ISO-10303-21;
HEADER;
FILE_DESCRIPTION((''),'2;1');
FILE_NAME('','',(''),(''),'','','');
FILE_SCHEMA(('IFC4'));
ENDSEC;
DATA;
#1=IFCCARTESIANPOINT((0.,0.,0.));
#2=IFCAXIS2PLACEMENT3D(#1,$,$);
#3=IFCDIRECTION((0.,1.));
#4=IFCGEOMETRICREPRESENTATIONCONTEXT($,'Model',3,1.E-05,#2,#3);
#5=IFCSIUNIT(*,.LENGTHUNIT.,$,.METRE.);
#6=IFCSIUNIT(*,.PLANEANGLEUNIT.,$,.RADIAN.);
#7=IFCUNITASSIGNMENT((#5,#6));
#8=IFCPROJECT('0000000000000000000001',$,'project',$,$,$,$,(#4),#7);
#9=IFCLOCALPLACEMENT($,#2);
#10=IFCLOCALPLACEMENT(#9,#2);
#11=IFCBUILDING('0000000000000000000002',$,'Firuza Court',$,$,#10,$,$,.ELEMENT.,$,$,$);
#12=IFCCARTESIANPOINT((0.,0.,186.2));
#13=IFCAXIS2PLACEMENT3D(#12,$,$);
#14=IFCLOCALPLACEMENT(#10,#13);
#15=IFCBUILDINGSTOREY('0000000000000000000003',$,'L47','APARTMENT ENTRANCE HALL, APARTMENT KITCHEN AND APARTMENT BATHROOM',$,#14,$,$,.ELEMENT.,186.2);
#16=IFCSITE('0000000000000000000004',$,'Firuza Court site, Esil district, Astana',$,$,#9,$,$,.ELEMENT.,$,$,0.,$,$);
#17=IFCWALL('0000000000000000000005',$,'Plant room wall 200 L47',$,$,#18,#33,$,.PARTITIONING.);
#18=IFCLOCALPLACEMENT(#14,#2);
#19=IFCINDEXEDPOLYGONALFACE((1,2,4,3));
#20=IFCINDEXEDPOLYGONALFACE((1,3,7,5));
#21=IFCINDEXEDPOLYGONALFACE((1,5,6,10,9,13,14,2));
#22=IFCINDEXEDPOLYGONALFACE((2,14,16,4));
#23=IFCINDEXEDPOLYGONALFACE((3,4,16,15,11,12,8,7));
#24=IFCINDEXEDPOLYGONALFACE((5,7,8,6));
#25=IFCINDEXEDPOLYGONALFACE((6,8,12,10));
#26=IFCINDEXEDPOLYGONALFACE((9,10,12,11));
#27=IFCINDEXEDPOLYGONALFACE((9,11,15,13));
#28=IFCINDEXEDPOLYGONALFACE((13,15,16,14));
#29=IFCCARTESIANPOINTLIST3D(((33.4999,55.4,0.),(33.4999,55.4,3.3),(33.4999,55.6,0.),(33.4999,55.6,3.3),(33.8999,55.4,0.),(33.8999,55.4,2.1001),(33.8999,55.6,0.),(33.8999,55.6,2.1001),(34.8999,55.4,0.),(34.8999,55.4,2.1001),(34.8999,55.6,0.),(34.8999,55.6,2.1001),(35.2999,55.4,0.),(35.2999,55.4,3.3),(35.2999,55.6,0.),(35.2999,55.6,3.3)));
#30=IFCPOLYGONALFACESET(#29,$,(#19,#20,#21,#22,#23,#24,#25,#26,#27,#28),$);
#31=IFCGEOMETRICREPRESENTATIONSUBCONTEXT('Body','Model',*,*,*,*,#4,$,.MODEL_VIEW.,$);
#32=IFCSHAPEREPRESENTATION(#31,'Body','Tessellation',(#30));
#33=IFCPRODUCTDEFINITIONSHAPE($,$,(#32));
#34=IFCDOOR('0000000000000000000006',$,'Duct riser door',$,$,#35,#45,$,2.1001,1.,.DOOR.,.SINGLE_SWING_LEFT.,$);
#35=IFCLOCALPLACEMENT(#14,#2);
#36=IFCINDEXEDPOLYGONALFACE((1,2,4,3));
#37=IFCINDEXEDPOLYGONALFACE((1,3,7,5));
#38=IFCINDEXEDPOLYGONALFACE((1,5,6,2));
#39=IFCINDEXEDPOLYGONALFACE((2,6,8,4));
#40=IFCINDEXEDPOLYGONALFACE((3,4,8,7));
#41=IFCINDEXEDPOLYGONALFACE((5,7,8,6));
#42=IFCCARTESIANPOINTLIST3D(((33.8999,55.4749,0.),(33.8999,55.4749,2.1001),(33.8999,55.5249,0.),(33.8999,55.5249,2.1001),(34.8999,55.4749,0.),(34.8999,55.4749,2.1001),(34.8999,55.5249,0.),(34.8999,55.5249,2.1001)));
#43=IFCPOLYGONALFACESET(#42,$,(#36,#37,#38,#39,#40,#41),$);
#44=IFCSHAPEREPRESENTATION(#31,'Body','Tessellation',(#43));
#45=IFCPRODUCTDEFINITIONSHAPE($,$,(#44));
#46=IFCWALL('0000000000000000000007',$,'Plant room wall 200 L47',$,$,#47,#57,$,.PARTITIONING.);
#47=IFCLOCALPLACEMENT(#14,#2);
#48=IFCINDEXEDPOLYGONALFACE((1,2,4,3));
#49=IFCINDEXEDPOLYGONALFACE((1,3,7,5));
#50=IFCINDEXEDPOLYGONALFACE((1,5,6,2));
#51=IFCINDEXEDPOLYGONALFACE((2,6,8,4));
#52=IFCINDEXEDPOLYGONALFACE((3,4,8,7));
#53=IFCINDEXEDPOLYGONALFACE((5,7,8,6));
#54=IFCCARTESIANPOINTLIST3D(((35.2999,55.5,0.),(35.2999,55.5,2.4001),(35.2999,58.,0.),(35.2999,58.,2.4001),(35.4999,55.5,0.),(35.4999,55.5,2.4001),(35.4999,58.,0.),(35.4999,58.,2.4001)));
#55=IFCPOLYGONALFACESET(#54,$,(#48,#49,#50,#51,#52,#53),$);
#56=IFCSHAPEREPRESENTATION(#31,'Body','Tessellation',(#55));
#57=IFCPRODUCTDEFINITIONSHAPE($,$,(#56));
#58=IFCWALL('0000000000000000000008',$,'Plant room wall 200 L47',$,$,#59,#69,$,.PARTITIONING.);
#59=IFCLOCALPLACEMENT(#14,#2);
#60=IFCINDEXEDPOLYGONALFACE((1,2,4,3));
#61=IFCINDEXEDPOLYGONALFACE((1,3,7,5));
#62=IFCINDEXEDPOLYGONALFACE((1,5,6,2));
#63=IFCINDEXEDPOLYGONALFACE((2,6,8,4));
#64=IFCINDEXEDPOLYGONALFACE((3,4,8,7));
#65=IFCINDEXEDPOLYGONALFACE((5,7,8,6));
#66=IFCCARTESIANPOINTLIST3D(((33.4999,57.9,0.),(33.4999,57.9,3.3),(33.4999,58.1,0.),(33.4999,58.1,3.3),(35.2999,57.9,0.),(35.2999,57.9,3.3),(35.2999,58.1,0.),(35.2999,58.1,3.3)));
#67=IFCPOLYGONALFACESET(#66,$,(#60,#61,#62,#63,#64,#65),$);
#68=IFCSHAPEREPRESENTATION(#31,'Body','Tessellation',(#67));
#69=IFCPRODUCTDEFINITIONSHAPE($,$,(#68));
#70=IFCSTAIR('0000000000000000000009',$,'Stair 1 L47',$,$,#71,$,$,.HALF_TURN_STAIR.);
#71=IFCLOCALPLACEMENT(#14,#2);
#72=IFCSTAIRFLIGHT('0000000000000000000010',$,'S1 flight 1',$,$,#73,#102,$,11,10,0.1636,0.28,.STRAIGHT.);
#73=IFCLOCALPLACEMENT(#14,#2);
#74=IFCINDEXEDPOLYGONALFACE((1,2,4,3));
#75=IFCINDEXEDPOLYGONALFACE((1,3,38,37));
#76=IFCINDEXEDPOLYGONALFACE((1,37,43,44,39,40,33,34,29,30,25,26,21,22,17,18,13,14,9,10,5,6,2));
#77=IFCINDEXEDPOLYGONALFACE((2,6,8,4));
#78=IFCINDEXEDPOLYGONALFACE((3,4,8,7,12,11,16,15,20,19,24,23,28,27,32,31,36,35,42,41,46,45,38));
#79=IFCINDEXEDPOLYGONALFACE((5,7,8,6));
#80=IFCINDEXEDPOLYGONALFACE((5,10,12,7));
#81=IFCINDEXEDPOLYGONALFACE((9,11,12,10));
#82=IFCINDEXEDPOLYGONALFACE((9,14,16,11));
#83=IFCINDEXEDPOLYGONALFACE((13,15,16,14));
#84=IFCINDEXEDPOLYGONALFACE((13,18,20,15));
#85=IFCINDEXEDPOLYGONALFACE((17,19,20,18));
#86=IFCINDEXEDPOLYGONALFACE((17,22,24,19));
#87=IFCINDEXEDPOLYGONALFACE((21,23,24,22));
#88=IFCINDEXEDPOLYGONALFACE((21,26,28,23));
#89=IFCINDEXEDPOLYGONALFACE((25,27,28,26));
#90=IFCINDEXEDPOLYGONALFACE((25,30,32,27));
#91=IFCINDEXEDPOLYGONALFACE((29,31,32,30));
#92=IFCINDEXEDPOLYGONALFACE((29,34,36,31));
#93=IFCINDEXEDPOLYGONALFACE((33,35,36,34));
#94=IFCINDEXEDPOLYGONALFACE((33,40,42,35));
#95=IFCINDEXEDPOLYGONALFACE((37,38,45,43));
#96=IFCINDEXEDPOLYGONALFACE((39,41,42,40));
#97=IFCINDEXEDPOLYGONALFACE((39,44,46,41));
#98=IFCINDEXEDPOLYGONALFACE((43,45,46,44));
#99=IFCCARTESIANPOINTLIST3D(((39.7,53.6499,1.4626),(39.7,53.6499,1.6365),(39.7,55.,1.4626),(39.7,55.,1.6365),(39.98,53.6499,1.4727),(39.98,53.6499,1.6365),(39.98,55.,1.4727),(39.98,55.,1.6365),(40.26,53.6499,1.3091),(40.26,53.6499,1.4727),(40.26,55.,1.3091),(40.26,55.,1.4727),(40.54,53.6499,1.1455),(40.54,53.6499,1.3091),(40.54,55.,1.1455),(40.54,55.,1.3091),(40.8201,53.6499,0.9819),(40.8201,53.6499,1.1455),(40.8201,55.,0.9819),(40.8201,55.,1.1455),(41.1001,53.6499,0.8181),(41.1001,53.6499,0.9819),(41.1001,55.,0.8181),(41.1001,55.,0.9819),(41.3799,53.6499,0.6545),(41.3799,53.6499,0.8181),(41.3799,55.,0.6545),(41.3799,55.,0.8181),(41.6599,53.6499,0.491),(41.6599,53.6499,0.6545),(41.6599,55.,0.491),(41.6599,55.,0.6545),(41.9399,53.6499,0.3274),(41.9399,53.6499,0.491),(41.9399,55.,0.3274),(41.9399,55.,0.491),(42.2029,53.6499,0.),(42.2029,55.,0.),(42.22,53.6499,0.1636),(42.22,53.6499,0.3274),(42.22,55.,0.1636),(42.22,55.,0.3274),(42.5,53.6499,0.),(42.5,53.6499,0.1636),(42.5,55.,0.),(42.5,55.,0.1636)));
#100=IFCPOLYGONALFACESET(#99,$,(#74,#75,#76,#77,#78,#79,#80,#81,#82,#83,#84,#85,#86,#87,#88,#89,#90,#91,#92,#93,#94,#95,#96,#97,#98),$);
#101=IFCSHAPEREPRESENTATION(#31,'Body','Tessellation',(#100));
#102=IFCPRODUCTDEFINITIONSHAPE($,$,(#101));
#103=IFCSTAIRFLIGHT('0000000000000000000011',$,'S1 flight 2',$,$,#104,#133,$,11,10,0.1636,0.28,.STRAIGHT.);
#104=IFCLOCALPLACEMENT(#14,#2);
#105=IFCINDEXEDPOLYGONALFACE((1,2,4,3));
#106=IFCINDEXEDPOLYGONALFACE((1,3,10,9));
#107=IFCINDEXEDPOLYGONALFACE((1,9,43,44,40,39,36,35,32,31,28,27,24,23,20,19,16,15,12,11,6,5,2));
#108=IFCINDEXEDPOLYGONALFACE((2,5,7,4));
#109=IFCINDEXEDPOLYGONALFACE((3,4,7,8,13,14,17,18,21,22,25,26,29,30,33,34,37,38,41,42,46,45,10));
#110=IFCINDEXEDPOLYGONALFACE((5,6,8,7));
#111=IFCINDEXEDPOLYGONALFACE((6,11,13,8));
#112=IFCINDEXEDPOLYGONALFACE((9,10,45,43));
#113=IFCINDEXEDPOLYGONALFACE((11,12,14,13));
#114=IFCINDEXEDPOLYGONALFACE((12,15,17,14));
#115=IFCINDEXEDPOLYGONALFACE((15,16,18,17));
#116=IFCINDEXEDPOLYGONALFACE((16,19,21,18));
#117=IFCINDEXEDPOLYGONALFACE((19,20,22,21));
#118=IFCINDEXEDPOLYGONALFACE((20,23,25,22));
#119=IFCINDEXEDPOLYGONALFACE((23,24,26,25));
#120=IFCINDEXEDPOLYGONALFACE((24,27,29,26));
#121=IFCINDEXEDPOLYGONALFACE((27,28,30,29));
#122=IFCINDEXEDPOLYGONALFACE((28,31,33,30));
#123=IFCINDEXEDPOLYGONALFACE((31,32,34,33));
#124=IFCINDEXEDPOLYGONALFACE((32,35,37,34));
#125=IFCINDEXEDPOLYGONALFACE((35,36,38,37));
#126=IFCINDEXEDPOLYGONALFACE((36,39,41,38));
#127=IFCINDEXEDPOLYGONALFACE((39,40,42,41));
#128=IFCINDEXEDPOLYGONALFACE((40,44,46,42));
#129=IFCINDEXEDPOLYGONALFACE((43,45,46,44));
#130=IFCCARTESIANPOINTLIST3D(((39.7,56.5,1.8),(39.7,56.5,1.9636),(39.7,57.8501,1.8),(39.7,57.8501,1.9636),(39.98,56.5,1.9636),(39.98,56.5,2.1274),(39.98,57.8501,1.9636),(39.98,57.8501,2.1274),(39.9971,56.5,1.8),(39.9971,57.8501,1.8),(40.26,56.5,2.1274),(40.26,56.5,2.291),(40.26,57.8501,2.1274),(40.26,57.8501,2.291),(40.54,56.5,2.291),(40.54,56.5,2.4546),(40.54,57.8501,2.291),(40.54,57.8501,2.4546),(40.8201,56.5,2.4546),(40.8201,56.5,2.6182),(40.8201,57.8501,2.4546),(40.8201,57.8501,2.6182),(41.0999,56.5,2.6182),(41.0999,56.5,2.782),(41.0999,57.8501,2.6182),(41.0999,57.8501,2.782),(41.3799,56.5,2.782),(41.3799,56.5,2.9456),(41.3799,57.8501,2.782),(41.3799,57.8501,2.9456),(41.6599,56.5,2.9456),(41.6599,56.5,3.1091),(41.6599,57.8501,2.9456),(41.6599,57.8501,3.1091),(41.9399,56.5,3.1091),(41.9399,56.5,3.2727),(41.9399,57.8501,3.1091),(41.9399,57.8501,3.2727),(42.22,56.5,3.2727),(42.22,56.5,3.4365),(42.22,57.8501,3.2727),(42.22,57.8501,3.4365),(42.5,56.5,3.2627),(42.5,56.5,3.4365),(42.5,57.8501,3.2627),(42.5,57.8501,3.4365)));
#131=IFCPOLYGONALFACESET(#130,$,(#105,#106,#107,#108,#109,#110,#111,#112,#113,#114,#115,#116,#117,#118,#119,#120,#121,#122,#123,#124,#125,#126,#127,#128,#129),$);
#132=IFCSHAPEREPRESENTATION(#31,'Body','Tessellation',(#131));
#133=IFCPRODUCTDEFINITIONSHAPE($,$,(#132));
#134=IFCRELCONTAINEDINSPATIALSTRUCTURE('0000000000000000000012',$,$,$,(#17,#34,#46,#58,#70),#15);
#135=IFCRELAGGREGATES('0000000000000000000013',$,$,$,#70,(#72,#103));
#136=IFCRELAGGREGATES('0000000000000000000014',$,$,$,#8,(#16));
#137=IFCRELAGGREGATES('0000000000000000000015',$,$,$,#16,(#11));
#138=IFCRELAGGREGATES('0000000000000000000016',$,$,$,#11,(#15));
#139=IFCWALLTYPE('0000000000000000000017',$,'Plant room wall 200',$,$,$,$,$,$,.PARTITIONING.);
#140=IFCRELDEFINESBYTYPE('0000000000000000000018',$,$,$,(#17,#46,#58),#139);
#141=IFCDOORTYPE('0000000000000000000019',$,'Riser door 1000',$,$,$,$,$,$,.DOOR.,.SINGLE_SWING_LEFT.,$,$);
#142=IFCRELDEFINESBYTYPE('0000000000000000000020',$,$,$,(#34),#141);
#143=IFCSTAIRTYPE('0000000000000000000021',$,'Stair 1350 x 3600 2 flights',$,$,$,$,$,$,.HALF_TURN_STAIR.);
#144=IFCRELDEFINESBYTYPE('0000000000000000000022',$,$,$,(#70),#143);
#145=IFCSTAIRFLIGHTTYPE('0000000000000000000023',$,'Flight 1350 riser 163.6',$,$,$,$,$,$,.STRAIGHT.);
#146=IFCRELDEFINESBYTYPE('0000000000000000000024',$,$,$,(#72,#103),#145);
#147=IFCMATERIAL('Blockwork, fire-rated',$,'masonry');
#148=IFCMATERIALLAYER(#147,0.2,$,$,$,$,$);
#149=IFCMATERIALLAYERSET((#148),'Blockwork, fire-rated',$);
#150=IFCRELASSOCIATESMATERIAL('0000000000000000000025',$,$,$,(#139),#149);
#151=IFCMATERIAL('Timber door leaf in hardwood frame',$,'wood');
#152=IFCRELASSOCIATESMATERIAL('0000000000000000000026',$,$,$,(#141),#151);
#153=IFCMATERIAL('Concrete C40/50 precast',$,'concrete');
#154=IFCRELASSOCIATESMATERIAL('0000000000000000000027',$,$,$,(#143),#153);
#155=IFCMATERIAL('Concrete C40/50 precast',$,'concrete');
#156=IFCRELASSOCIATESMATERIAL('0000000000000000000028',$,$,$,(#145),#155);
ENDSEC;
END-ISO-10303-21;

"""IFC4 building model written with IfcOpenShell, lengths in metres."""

from ifc_helpers import new_model, si_unit, direction, frame, frame_2d, origin, place, context, subcontext, project, spatial, polyline, rectangle, outline, extrude, material, layer, layer_set, type_object, element, fill, aggregate, save


model = new_model("IFC4")

# Units and contexts
model_context = context("Model", 3, precision=1e-05, world=origin(), true_north=direction((0.0, 1.0)))
body_context = subcontext(model_context, "Body", "Model", "MODEL_VIEW")
ifc_project = project(units=[si_unit("LENGTHUNIT", "METRE"), si_unit("PLANEANGLEUNIT", "RADIAN")], contexts=[model_context])

# Site, building, storey
site_placement = place(None, origin())
site = spatial("IfcSite", under=ifc_project, at=site_placement, Name="Firuza Court site, Esil district, Astana", CompositionType="ELEMENT", RefElevation=0.0)
building_placement = place(site_placement, origin())
building = spatial("IfcBuilding", under=site, at=building_placement, Name="Firuza Court", CompositionType="ELEMENT")
storey_placement = place(building_placement, frame((0.0, 0.0, 186.2)))
storey = spatial("IfcBuildingStorey", under=building, at=storey_placement, Name="L47", Description="APARTMENT ENTRANCE HALL, APARTMENT KITCHEN AND APARTMENT BATHROOM", CompositionType="ELEMENT", Elevation=186.2)

# Shared definitions
ifc_material_1 = material(Name="Blockwork, fire-rated", Category="masonry")
ifc_layer_1 = layer(ifc_material_1, 0.2)
ifc_layer_set_1 = layer_set([ifc_layer_1], Name="Blockwork, fire-rated")
wall_type_1 = type_object("IfcWallType", Name="Plant room wall 200", PredefinedType="PARTITIONING", material=ifc_layer_set_1)

# Wall, opening, door
wall_1_placement = place(storey_placement, frame((33.5, 55.5, 0.0), z_axis=(0.0, 0.0, 1.0), x_axis=(1.0, 0.0, 0.0)))
wall_1 = element("IfcWall", 1, at=wall_1_placement, inside=storey, type_object=wall_type_1, Name="Plant room wall 200 L47", PredefinedType="PARTITIONING", context=body_context, shape_type="SweptSolid", body=[
    extrude(rectangle(XDim=1.8, YDim=0.2, at=frame_2d((0.8999, 0.0))), origin(), (0.0, 0.0, 1.0), 3.3),
])
opening_placement = place(wall_1_placement, frame((0.3999, 0.0, 0.0)))
opening = element("IfcOpeningElement", 2, at=opening_placement, cuts=wall_1, PredefinedType="OPENING", context=body_context, shape_type="SweptSolid", body=[
    extrude(rectangle(XDim=1.0, YDim=2.1001, at=frame_2d((0.5, 1.05))), frame((0.0, 0.1118, 0.0), z_axis=(0.0, -1.0, 0.0), x_axis=(1.0, 0.0, 0.0)), (0.0, 0.0, 1.0), 0.2239),
])
ifc_material_2 = material(Name="Timber door leaf in hardwood frame", Category="wood")
door_type = type_object("IfcDoorType", Name="Riser door 1000", OperationType="SINGLE_SWING_LEFT", PredefinedType="DOOR", material=ifc_material_2)
door_placement = place(opening_placement, origin())
door = element("IfcDoor", 3, at=door_placement, inside=storey, type_object=door_type, Name="Duct riser door", OperationType="SINGLE_SWING_LEFT", OverallHeight=2.1001, OverallWidth=1.0, PredefinedType="DOOR", context=body_context, shape_type="SweptSolid", body=[
    extrude(rectangle(XDim=1.0, YDim=2.1001, at=frame_2d((0.5, 1.05))), frame((0.0, 0.0249, 0.0), z_axis=(0.0, -1.0, 0.0), x_axis=(1.0, 0.0, 0.0)), (0.0, 0.0, 1.0), 0.05),
])
fill(opening, door)

# Walls
wall_2_placement = place(storey_placement, frame((35.3999, 55.5, 0.0), z_axis=(0.0, 0.0, 1.0), x_axis=(0.0, 1.0, 0.0)))
element("IfcWall", 4, at=wall_2_placement, inside=storey, type_object=wall_type_1, Name="Plant room wall 200 L47", PredefinedType="PARTITIONING", context=body_context, shape_type="SweptSolid", body=[
    extrude(rectangle(XDim=2.5, YDim=0.2, at=frame_2d((1.25, 0.0))), origin(), (0.0, 0.0, 1.0), 2.4001),
])
wall_3_placement = place(storey_placement, frame((33.5, 58.0, 0.0), z_axis=(0.0, 0.0, 1.0), x_axis=(1.0, 0.0, 0.0)))
element("IfcWall", 5, at=wall_3_placement, inside=storey, type_object=wall_type_1, Name="Plant room wall 200 L47", PredefinedType="PARTITIONING", context=body_context, shape_type="SweptSolid", body=[
    extrude(rectangle(XDim=1.8, YDim=0.2, at=frame_2d((0.8999, 0.0))), origin(), (0.0, 0.0, 1.0), 3.3),
])

# Stair, stair flights
ifc_material_3 = material(Name="Concrete C40/50 precast", Category="concrete")
stair_type = type_object("IfcStairType", Name="Stair 1350 x 3600 2 flights", PredefinedType="HALF_TURN_STAIR", material=ifc_material_3)
stair_placement = place(storey_placement, origin())
stair = element("IfcStair", 6, at=stair_placement, inside=storey, type_object=stair_type, Name="Stair 1 L47", PredefinedType="HALF_TURN_STAIR")
ifc_material_4 = material(Name="Concrete C40/50 precast", Category="concrete")
stair_flight_type = type_object("IfcStairFlightType", Name="Flight 1350 riser 163.6", PredefinedType="STRAIGHT", material=ifc_material_4)
stair_flight_1_placement = place(storey_placement, frame((42.5, 54.325, 0.0), z_axis=(0.0, 0.0, 1.0), x_axis=(-1.0, 0.0, 0.0)))
stair_flight_1 = element("IfcStairFlight", 7, at=stair_flight_1_placement, type_object=stair_flight_type, Name="S1 flight 1", NumberOfRisers=11, NumberOfTreads=10, PredefinedType="STRAIGHT", RiserHeight=0.1636, TreadLength=0.28, context=body_context, shape_type="SweptSolid", body=[
    extrude(outline(polyline([(0.0, 0.0), (0.0, 0.1636), (0.28, 0.1636), (0.28, 0.3274), (0.5601, 0.3274), (0.5601, 0.491), (0.8401, 0.491), (0.8401, 0.6545), (1.1201, 0.6545), (1.1201, 0.8181), (1.3999, 0.8181), (1.3999, 0.9819), (1.6799, 0.9819), (1.6799, 1.1455), (1.96, 1.1455), (1.96, 1.3091), (2.24, 1.3091), (2.24, 1.4727), (2.52, 1.4727), (2.52, 1.6365), (2.8, 1.6365), (2.8, 1.8), (2.8, 1.4626), (0.2971, 0.0), (0.0, 0.0)])), frame((0.0, 0.675, 0.0), z_axis=(0.0, -1.0, 0.0), x_axis=(1.0, 0.0, 0.0)), (0.0, 0.0, 1.0), 1.3501),
])
stair_flight_2_placement = place(storey_placement, frame((39.7, 57.175, 1.8), z_axis=(0.0, 0.0, 1.0), x_axis=(1.0, 0.0, 0.0)))
stair_flight_2 = element("IfcStairFlight", 8, at=stair_flight_2_placement, type_object=stair_flight_type, Name="S1 flight 2", NumberOfRisers=11, NumberOfTreads=10, PredefinedType="STRAIGHT", RiserHeight=0.1636, TreadLength=0.28, context=body_context, shape_type="SweptSolid", body=[
    extrude(outline(polyline([(0.0, 0.0), (0.0, 0.1636), (0.28, 0.1636), (0.28, 0.3274), (0.5601, 0.3274), (0.5601, 0.491), (0.8401, 0.491), (0.8401, 0.6545), (1.1201, 0.6545), (1.1201, 0.8181), (1.3999, 0.8181), (1.3999, 0.9819), (1.6799, 0.9819), (1.6799, 1.1455), (1.96, 1.1455), (1.96, 1.3091), (2.24, 1.3091), (2.24, 1.4727), (2.52, 1.4727), (2.52, 1.6365), (2.8, 1.6365), (2.8, 1.8), (2.8, 1.4626), (0.2971, 0.0), (0.0, 0.0)])), frame((0.0, 0.675, 0.0), z_axis=(0.0, -1.0, 0.0), x_axis=(1.0, 0.0, 0.0)), (0.0, 0.0, 1.0), 1.3501),
])
aggregate(stair, [stair_flight_1, stair_flight_2])

save(model, "model.ifc")
